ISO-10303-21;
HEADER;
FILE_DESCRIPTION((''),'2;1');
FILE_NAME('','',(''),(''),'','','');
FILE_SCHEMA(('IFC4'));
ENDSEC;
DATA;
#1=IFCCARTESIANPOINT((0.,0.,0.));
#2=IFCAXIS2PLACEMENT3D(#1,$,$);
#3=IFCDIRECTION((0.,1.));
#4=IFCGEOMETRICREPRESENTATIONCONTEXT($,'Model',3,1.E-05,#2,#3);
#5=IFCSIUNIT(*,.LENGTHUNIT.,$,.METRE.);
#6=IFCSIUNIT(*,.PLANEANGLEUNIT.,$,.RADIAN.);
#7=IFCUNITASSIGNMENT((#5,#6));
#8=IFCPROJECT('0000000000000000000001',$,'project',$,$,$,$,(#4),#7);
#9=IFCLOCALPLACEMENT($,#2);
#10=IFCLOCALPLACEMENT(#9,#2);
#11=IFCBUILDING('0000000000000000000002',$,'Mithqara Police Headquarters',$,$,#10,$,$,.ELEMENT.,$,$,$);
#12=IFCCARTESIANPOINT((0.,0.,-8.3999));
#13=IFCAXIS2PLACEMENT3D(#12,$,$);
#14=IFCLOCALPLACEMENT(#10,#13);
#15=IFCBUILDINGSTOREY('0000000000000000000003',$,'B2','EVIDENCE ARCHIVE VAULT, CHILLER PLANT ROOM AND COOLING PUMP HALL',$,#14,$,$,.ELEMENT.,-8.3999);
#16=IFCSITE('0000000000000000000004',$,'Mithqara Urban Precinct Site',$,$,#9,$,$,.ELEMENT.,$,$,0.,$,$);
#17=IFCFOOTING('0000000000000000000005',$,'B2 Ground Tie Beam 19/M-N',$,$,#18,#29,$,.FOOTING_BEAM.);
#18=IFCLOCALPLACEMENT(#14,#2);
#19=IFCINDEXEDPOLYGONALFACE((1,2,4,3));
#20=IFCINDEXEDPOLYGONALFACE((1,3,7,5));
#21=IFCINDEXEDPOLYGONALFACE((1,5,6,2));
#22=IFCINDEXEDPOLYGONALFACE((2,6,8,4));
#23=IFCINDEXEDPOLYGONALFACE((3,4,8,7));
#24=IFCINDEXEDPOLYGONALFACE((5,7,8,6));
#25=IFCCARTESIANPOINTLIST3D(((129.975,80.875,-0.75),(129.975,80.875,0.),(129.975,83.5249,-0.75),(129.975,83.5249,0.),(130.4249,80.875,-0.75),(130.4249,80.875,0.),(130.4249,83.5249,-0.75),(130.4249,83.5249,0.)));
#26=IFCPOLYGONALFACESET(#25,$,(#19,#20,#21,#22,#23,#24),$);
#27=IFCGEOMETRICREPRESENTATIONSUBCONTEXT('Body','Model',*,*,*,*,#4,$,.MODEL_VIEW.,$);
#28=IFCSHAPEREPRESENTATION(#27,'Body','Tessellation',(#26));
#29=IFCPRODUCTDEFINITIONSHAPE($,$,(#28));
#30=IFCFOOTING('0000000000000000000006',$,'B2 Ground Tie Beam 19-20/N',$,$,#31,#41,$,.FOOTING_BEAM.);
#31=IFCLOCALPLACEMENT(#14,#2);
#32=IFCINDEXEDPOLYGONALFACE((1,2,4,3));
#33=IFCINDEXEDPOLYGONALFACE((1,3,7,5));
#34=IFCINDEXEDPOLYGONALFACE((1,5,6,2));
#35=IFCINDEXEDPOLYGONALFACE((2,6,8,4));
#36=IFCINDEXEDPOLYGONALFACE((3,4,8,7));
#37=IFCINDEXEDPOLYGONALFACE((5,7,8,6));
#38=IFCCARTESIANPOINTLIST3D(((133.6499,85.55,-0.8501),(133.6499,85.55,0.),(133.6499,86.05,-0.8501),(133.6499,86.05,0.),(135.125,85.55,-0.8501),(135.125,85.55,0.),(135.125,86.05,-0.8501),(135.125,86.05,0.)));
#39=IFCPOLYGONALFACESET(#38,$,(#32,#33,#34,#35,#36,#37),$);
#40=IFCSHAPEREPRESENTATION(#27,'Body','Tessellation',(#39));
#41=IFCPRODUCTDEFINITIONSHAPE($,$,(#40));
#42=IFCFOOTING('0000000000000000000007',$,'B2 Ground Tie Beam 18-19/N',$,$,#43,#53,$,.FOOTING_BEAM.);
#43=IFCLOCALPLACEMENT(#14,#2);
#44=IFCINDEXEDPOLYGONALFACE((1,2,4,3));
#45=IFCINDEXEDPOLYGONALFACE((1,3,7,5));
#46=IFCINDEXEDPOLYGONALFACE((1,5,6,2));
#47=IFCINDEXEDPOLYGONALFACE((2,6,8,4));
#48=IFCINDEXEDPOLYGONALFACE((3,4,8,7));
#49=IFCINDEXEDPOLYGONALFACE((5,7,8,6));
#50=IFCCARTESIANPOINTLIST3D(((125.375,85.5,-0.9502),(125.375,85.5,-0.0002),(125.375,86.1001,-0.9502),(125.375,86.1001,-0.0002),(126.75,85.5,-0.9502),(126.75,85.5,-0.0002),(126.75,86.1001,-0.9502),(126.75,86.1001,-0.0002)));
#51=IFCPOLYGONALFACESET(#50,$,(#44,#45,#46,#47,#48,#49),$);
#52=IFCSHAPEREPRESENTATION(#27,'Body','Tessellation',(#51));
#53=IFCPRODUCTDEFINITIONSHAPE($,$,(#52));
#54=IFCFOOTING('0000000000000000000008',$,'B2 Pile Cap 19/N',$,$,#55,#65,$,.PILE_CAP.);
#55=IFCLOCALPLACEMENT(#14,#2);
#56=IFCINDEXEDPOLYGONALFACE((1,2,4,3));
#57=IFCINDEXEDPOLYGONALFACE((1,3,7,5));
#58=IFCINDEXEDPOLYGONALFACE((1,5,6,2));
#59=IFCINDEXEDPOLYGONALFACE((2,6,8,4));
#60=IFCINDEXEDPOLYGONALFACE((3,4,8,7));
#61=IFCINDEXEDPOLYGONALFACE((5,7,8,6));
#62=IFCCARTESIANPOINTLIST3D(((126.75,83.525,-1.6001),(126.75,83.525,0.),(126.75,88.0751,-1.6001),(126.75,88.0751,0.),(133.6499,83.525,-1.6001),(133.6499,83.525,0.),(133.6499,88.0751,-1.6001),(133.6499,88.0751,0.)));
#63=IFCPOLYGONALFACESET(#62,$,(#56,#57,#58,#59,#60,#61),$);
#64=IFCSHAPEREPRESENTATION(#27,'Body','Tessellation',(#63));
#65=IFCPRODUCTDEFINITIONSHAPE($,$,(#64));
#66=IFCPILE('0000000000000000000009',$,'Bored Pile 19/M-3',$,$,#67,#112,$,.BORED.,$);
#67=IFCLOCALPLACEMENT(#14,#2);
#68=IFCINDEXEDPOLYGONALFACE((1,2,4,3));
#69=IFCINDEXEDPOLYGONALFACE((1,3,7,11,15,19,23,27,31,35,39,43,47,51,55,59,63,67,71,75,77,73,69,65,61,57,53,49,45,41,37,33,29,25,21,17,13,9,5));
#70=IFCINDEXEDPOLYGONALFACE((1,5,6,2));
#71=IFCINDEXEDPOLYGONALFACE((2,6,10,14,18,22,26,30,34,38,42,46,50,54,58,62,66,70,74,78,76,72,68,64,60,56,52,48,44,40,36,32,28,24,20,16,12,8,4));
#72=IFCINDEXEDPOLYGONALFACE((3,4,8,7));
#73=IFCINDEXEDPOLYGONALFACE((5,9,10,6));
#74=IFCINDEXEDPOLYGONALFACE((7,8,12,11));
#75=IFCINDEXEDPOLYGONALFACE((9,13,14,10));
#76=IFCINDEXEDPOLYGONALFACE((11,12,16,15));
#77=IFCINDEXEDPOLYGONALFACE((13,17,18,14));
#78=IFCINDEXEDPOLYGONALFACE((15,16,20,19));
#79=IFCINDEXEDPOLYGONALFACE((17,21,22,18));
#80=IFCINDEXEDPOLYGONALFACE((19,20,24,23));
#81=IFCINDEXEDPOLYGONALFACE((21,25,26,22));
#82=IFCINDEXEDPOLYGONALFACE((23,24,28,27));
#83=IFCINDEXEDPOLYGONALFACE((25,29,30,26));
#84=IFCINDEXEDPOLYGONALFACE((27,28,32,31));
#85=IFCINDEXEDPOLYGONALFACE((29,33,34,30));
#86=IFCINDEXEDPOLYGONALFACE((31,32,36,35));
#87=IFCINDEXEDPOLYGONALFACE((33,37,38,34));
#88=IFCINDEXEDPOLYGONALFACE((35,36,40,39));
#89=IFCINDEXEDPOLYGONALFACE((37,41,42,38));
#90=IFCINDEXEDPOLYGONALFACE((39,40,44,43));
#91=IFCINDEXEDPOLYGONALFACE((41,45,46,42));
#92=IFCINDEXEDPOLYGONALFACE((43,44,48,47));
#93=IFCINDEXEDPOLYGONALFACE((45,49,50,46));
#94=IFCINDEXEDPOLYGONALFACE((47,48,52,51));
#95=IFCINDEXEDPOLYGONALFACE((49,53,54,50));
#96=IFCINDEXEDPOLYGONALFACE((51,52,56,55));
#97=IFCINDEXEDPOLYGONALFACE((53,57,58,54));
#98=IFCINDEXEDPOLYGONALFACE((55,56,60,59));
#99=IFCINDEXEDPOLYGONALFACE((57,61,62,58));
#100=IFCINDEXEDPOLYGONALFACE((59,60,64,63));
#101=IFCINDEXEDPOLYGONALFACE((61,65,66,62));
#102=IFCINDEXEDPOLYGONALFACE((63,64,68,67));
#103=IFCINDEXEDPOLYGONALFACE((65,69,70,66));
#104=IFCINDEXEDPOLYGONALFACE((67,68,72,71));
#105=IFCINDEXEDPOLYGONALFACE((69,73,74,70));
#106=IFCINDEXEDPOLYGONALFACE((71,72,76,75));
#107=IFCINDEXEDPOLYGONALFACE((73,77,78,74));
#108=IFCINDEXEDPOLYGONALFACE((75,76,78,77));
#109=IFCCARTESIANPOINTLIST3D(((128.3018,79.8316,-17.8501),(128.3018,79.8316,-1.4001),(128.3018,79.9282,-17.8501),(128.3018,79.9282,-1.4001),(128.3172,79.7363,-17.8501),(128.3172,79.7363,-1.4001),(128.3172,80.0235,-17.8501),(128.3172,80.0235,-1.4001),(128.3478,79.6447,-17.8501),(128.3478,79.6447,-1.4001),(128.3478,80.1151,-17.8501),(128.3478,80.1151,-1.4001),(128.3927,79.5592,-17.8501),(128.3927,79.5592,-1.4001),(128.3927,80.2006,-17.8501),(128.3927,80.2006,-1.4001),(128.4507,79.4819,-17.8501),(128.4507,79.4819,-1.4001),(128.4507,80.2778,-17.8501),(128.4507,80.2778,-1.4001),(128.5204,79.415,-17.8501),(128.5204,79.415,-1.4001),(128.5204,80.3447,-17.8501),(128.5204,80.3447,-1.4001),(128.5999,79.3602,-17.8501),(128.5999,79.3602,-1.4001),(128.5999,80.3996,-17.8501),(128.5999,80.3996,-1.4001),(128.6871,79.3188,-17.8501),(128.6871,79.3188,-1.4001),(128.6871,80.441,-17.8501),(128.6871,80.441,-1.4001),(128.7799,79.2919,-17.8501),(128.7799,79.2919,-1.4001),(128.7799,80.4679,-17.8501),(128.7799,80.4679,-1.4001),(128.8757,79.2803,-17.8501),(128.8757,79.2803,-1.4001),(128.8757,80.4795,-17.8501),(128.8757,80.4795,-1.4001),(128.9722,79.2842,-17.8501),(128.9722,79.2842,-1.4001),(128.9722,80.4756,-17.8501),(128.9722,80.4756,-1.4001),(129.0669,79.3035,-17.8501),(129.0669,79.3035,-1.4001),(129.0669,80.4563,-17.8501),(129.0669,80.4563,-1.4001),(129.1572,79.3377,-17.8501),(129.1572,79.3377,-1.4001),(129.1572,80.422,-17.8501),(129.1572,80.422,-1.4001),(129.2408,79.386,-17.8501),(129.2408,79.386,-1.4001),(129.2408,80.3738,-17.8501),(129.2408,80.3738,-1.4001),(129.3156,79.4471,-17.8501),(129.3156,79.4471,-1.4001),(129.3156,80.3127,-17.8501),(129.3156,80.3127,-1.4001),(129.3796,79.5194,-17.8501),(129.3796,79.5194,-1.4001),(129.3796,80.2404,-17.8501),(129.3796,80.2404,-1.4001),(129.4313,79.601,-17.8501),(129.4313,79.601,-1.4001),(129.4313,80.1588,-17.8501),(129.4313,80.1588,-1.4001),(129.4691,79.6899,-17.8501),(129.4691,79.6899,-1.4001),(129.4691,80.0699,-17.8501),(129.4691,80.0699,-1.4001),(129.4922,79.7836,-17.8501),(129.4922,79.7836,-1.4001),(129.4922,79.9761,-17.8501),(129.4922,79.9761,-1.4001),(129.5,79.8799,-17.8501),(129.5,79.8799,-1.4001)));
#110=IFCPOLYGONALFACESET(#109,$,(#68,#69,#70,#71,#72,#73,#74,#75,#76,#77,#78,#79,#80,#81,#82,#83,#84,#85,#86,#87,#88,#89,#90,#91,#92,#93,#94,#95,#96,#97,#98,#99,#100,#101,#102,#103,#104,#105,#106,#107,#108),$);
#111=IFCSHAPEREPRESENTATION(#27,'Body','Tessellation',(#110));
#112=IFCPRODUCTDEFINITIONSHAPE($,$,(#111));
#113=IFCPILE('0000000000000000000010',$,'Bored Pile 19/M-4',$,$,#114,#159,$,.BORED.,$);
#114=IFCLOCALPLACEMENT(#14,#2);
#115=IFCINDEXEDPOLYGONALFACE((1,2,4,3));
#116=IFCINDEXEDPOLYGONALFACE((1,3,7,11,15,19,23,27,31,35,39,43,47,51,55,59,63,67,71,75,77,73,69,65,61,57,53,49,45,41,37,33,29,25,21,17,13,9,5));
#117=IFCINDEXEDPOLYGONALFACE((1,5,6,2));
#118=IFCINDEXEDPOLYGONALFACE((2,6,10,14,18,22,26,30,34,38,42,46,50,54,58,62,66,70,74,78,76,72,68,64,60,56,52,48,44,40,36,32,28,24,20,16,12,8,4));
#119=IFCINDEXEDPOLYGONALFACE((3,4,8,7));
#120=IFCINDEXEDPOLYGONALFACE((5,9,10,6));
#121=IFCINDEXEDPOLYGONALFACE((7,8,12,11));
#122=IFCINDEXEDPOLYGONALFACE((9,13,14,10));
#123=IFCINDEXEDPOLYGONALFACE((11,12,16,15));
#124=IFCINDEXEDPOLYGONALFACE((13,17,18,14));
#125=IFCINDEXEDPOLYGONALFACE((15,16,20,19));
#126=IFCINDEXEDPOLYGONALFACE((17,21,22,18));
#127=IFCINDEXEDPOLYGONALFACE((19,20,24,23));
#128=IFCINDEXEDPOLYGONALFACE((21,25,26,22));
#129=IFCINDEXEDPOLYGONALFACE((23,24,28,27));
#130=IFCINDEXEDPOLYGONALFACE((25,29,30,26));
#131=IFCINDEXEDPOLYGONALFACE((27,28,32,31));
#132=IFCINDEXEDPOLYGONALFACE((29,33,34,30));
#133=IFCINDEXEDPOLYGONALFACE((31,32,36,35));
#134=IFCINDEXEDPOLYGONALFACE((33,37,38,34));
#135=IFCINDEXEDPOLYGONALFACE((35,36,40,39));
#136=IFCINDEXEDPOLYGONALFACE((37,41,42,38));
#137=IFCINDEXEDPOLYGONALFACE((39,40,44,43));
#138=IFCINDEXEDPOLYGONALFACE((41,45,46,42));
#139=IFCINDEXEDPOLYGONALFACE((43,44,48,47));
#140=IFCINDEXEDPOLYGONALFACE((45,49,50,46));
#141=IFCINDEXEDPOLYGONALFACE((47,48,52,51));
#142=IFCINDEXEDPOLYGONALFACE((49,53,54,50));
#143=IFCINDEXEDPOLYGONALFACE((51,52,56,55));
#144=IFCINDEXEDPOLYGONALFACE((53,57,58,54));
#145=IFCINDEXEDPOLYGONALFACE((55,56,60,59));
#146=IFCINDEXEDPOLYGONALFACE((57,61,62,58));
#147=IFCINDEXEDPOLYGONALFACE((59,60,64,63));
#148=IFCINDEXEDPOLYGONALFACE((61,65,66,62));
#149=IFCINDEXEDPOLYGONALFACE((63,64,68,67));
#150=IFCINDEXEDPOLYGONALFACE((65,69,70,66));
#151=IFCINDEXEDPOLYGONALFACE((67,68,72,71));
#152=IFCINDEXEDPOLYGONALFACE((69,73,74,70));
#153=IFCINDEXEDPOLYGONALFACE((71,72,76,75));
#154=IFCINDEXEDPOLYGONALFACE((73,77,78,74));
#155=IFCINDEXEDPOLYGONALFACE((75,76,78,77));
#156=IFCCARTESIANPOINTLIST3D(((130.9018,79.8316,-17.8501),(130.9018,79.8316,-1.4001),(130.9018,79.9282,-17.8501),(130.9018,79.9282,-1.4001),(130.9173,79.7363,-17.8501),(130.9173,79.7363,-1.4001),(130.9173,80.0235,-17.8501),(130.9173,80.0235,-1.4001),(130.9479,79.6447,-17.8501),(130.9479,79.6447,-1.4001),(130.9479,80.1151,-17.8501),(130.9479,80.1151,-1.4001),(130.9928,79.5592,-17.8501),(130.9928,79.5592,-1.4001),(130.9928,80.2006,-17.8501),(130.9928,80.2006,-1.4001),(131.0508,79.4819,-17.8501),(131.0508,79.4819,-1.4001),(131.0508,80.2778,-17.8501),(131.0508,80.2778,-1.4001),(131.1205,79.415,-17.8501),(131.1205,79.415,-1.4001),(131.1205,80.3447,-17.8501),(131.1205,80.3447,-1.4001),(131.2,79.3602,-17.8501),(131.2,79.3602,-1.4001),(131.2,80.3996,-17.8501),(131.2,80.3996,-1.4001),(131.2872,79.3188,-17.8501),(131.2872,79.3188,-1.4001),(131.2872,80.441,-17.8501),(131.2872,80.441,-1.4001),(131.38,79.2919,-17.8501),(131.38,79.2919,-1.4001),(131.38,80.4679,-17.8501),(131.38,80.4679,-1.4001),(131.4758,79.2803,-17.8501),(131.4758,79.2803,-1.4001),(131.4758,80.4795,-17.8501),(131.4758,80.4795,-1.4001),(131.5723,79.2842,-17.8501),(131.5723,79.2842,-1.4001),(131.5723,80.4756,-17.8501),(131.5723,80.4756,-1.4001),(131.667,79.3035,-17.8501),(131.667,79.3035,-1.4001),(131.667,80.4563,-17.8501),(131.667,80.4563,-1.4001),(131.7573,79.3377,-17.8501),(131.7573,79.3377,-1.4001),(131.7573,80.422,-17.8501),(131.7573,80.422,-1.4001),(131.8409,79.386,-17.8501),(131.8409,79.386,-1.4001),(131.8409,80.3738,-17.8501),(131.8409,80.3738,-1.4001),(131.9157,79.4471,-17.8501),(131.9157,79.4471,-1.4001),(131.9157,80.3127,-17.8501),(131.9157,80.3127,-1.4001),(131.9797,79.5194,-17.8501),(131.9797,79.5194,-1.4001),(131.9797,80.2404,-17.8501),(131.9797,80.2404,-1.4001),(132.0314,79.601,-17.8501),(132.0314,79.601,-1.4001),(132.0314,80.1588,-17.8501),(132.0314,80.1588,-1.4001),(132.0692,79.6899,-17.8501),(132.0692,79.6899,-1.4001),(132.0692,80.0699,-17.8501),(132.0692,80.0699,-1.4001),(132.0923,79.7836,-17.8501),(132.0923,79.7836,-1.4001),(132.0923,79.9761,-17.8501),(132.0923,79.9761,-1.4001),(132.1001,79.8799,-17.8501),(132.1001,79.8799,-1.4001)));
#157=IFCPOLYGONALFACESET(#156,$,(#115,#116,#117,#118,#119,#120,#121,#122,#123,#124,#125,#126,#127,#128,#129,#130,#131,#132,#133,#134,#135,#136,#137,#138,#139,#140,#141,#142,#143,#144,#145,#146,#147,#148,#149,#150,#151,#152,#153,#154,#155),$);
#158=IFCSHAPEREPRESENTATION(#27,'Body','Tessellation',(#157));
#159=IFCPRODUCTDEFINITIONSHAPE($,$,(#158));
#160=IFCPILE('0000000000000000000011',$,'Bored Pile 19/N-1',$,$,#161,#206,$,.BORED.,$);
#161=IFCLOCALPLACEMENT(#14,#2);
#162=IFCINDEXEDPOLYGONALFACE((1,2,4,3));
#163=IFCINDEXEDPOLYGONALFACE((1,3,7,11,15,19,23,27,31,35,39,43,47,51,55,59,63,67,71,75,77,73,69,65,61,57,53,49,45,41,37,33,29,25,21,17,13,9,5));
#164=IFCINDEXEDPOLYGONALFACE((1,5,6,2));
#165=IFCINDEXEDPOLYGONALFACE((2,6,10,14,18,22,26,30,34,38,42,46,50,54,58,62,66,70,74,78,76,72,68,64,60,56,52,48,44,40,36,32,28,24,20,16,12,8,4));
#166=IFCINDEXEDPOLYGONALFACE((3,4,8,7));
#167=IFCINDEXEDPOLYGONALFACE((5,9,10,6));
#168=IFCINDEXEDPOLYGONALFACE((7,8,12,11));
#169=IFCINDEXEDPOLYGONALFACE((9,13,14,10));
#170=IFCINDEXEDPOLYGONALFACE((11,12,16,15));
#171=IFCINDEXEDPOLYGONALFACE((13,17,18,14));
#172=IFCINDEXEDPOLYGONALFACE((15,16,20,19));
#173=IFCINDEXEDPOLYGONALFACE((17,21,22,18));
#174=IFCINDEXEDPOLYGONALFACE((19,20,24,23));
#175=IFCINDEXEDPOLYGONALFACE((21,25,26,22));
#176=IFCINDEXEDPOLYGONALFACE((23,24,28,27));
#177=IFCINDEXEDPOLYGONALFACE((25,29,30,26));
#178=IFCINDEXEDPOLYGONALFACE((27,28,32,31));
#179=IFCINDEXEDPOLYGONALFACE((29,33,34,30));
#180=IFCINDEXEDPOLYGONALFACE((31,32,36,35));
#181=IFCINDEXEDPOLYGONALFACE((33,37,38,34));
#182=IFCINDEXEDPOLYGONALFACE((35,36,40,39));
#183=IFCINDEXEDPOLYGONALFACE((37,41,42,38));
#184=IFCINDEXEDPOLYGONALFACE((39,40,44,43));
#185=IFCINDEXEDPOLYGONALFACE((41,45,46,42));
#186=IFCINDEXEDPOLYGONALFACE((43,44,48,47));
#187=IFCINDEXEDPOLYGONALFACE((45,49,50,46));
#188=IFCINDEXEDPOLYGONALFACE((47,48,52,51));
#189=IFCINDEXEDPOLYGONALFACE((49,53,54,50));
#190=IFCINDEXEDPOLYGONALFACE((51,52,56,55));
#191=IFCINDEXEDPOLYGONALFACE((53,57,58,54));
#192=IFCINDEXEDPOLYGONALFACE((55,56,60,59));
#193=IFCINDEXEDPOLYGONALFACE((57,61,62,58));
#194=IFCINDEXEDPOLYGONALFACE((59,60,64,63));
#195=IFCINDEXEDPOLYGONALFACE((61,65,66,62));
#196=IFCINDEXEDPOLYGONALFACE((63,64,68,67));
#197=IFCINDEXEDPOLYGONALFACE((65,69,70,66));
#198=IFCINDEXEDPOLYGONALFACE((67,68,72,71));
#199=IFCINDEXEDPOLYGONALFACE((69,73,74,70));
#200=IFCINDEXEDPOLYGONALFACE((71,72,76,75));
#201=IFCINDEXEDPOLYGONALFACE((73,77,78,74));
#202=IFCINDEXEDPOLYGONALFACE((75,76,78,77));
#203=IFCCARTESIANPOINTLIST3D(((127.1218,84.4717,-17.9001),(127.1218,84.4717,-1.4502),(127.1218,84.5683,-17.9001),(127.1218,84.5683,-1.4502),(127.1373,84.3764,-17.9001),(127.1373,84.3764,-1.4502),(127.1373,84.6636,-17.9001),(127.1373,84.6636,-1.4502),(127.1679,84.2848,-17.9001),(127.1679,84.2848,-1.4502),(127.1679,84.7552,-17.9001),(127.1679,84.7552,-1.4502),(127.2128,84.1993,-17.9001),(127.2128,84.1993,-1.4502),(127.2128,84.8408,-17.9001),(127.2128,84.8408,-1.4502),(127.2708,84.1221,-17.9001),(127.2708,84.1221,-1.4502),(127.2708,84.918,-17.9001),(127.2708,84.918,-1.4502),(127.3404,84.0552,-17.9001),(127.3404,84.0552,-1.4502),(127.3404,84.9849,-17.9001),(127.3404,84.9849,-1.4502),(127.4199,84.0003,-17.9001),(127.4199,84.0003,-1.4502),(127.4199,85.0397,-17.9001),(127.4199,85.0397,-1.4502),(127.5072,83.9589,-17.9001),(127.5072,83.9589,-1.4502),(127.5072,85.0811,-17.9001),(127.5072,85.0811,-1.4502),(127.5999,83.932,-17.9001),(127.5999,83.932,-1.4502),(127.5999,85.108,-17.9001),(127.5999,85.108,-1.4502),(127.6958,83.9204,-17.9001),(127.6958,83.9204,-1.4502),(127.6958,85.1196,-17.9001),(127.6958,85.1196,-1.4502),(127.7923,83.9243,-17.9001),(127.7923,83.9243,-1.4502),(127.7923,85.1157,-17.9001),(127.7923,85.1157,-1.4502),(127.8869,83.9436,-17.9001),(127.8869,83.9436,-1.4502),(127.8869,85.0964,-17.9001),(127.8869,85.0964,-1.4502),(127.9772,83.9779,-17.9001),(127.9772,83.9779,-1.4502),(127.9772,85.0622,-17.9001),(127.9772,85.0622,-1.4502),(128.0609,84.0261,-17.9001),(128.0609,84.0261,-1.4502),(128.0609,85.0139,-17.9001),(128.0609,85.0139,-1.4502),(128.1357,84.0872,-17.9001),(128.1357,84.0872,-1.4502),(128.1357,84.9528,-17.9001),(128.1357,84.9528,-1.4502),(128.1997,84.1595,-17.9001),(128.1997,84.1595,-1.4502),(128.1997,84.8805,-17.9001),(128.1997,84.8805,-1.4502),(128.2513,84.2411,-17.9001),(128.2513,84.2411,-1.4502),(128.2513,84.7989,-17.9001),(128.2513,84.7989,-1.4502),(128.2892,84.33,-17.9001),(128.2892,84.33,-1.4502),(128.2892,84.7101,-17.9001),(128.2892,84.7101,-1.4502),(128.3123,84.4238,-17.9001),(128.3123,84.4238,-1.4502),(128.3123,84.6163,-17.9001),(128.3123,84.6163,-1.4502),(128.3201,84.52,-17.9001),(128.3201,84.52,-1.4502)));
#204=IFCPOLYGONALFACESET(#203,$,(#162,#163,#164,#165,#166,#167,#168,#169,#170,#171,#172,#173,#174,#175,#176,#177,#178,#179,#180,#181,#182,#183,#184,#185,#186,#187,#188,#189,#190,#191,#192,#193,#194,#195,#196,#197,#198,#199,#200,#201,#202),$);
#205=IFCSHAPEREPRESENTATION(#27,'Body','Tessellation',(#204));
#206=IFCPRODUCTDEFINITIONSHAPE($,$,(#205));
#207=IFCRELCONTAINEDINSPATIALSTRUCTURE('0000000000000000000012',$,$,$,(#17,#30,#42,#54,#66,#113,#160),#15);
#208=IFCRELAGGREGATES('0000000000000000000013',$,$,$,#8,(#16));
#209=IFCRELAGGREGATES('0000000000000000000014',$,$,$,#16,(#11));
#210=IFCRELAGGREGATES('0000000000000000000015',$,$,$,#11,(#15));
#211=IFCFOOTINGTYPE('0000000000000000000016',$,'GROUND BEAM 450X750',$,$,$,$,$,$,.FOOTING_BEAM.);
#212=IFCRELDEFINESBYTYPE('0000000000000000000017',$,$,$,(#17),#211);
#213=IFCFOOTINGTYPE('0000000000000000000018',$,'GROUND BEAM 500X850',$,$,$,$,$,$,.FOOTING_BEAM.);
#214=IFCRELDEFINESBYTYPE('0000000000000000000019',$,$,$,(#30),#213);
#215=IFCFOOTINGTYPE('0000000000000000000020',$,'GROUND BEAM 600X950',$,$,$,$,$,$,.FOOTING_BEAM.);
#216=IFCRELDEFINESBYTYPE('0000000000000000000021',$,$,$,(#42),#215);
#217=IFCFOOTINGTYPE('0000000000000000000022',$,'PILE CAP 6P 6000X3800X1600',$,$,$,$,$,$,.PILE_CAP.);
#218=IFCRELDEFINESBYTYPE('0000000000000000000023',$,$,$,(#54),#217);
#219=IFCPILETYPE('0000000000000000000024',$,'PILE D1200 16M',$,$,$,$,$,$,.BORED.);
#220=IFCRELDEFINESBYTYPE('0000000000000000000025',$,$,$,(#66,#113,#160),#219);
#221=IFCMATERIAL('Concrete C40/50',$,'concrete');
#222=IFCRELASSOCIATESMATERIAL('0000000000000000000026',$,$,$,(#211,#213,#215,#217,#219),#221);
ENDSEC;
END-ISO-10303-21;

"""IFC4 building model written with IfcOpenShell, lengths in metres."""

from ifc_helpers import new_model, si_unit, direction, frame, origin, origin_2d, place, context, subcontext, project, spatial, rectangle, circle, extrude, material, material_profile, profile_set, type_object, element, save


model = new_model("IFC4")

# Units and contexts
model_context = context("Model", 3, precision=1e-05, world=origin(), true_north=direction((0.0, 1.0)))
body_context = subcontext(model_context, "Body", "Model", "MODEL_VIEW")
ifc_project = project(units=[si_unit("LENGTHUNIT", "METRE"), si_unit("PLANEANGLEUNIT", "RADIAN")], contexts=[model_context])

# Site, building, storey
site_placement = place(None, origin())
site = spatial("IfcSite", under=ifc_project, at=site_placement, Name="Mithqara Urban Precinct Site", CompositionType="ELEMENT", RefElevation=0.0)
building_placement = place(site_placement, origin())
building = spatial("IfcBuilding", under=site, at=building_placement, Name="Mithqara Police Headquarters", CompositionType="ELEMENT")
storey_placement = place(building_placement, frame((0.0, 0.0, -8.3999)))
storey = spatial("IfcBuildingStorey", under=building, at=storey_placement, Name="B2", Description="EVIDENCE ARCHIVE VAULT, CHILLER PLANT ROOM AND COOLING PUMP HALL", CompositionType="ELEMENT", Elevation=-8.3999)

# Footings
ifc_material_1 = material(Name="Concrete C40/50", Category="concrete")
footing_type_1 = type_object("IfcFootingType", Name="GROUND BEAM 450X750", PredefinedType="FOOTING_BEAM", material=ifc_material_1)
footing_1_placement = place(storey_placement, frame((130.2, 82.2, -0.75), z_axis=(0.0, 0.0, 1.0), x_axis=(1.0, 0.0, 0.0)))
element("IfcFooting", 1, at=footing_1_placement, inside=storey, type_object=footing_type_1, Name="B2 Ground Tie Beam 19/M-N", PredefinedType="FOOTING_BEAM", context=body_context, shape_type="SweptSolid", body=[
    extrude(rectangle(XDim=0.45, YDim=2.6499, at=origin_2d()), origin(), (0.0, 0.0, 1.0), 0.75),
])
footing_type_2 = type_object("IfcFootingType", Name="GROUND BEAM 500X850", PredefinedType="FOOTING_BEAM", material=ifc_material_1)
footing_2_placement = place(storey_placement, frame((134.3875, 85.8, -0.8501), z_axis=(0.0, 0.0, 1.0), x_axis=(1.0, 0.0, 0.0)))
element("IfcFooting", 2, at=footing_2_placement, inside=storey, type_object=footing_type_2, Name="B2 Ground Tie Beam 19-20/N", PredefinedType="FOOTING_BEAM", context=body_context, shape_type="SweptSolid", body=[
    extrude(rectangle(XDim=1.4751, YDim=0.5, at=origin_2d()), origin(), (0.0, 0.0, 1.0), 0.8501),
])
footing_type_3 = type_object("IfcFootingType", Name="GROUND BEAM 600X950", PredefinedType="FOOTING_BEAM", material=ifc_material_1)
footing_3_placement = place(storey_placement, frame((126.0625, 85.8, -0.9502), z_axis=(0.0, 0.0, 1.0), x_axis=(1.0, 0.0, 0.0)))
element("IfcFooting", 3, at=footing_3_placement, inside=storey, type_object=footing_type_3, Name="B2 Ground Tie Beam 18-19/N", PredefinedType="FOOTING_BEAM", context=body_context, shape_type="SweptSolid", body=[
    extrude(rectangle(XDim=1.375, YDim=0.6001, at=origin_2d()), origin(), (0.0, 0.0, 1.0), 0.95),
])
footing_type_4 = type_object("IfcFootingType", Name="PILE CAP 6P 6000X3800X1600", PredefinedType="PILE_CAP", material=ifc_material_1)
footing_4_placement = place(storey_placement, frame((130.2, 85.8, -1.6001), z_axis=(0.0, 0.0, 1.0), x_axis=(1.0, 0.0, 0.0)))
element("IfcFooting", 4, at=footing_4_placement, inside=storey, type_object=footing_type_4, Name="B2 Pile Cap 19/N", PredefinedType="PILE_CAP", context=body_context, shape_type="SweptSolid", body=[
    extrude(rectangle(XDim=6.8999, YDim=4.55, at=origin_2d()), origin(), (0.0, 0.0, 1.0), 1.6001),
])

# Piles
ifc_material_profile_1 = material_profile(ifc_material_1, circle(Radius=0.6001, at=origin_2d()), Name="PILE D1200")
ifc_profile_set_1 = profile_set([ifc_material_profile_1], Name="Concrete C40/50")
pile_type_1 = type_object("IfcPileType", Name="PILE D1200 16M", PredefinedType="BORED", material=ifc_profile_set_1)
for number, where, z_axis, x_axis, name in (
    (5, (128.8999, 79.8799, -1.4001), (0.0, 0.0, -1.0), (1.0, 0.0, 0.0), "Bored Pile 19/M-3"),
    (6, (131.5, 79.8799, -1.4001), (0.0, 0.0, -1.0), (1.0, 0.0, 0.0), "Bored Pile 19/M-4"),
    (7, (127.72, 84.52, -1.4502), (0.0, 0.0, -1.0), (1.0, 0.0, 0.0), "Bored Pile 19/N-1"),
):
    element("IfcPile", number, at=place(storey_placement, frame(where, z_axis=z_axis, x_axis=x_axis)), inside=storey, type_object=pile_type_1, Name=name, PredefinedType="BORED", context=body_context, shape_type="SweptSolid", body=[
        extrude(circle(Radius=0.6001, at=origin_2d()), origin(), (0.0, 0.0, 1.0), 16.45),
    ])

save(model, "model.ifc")
